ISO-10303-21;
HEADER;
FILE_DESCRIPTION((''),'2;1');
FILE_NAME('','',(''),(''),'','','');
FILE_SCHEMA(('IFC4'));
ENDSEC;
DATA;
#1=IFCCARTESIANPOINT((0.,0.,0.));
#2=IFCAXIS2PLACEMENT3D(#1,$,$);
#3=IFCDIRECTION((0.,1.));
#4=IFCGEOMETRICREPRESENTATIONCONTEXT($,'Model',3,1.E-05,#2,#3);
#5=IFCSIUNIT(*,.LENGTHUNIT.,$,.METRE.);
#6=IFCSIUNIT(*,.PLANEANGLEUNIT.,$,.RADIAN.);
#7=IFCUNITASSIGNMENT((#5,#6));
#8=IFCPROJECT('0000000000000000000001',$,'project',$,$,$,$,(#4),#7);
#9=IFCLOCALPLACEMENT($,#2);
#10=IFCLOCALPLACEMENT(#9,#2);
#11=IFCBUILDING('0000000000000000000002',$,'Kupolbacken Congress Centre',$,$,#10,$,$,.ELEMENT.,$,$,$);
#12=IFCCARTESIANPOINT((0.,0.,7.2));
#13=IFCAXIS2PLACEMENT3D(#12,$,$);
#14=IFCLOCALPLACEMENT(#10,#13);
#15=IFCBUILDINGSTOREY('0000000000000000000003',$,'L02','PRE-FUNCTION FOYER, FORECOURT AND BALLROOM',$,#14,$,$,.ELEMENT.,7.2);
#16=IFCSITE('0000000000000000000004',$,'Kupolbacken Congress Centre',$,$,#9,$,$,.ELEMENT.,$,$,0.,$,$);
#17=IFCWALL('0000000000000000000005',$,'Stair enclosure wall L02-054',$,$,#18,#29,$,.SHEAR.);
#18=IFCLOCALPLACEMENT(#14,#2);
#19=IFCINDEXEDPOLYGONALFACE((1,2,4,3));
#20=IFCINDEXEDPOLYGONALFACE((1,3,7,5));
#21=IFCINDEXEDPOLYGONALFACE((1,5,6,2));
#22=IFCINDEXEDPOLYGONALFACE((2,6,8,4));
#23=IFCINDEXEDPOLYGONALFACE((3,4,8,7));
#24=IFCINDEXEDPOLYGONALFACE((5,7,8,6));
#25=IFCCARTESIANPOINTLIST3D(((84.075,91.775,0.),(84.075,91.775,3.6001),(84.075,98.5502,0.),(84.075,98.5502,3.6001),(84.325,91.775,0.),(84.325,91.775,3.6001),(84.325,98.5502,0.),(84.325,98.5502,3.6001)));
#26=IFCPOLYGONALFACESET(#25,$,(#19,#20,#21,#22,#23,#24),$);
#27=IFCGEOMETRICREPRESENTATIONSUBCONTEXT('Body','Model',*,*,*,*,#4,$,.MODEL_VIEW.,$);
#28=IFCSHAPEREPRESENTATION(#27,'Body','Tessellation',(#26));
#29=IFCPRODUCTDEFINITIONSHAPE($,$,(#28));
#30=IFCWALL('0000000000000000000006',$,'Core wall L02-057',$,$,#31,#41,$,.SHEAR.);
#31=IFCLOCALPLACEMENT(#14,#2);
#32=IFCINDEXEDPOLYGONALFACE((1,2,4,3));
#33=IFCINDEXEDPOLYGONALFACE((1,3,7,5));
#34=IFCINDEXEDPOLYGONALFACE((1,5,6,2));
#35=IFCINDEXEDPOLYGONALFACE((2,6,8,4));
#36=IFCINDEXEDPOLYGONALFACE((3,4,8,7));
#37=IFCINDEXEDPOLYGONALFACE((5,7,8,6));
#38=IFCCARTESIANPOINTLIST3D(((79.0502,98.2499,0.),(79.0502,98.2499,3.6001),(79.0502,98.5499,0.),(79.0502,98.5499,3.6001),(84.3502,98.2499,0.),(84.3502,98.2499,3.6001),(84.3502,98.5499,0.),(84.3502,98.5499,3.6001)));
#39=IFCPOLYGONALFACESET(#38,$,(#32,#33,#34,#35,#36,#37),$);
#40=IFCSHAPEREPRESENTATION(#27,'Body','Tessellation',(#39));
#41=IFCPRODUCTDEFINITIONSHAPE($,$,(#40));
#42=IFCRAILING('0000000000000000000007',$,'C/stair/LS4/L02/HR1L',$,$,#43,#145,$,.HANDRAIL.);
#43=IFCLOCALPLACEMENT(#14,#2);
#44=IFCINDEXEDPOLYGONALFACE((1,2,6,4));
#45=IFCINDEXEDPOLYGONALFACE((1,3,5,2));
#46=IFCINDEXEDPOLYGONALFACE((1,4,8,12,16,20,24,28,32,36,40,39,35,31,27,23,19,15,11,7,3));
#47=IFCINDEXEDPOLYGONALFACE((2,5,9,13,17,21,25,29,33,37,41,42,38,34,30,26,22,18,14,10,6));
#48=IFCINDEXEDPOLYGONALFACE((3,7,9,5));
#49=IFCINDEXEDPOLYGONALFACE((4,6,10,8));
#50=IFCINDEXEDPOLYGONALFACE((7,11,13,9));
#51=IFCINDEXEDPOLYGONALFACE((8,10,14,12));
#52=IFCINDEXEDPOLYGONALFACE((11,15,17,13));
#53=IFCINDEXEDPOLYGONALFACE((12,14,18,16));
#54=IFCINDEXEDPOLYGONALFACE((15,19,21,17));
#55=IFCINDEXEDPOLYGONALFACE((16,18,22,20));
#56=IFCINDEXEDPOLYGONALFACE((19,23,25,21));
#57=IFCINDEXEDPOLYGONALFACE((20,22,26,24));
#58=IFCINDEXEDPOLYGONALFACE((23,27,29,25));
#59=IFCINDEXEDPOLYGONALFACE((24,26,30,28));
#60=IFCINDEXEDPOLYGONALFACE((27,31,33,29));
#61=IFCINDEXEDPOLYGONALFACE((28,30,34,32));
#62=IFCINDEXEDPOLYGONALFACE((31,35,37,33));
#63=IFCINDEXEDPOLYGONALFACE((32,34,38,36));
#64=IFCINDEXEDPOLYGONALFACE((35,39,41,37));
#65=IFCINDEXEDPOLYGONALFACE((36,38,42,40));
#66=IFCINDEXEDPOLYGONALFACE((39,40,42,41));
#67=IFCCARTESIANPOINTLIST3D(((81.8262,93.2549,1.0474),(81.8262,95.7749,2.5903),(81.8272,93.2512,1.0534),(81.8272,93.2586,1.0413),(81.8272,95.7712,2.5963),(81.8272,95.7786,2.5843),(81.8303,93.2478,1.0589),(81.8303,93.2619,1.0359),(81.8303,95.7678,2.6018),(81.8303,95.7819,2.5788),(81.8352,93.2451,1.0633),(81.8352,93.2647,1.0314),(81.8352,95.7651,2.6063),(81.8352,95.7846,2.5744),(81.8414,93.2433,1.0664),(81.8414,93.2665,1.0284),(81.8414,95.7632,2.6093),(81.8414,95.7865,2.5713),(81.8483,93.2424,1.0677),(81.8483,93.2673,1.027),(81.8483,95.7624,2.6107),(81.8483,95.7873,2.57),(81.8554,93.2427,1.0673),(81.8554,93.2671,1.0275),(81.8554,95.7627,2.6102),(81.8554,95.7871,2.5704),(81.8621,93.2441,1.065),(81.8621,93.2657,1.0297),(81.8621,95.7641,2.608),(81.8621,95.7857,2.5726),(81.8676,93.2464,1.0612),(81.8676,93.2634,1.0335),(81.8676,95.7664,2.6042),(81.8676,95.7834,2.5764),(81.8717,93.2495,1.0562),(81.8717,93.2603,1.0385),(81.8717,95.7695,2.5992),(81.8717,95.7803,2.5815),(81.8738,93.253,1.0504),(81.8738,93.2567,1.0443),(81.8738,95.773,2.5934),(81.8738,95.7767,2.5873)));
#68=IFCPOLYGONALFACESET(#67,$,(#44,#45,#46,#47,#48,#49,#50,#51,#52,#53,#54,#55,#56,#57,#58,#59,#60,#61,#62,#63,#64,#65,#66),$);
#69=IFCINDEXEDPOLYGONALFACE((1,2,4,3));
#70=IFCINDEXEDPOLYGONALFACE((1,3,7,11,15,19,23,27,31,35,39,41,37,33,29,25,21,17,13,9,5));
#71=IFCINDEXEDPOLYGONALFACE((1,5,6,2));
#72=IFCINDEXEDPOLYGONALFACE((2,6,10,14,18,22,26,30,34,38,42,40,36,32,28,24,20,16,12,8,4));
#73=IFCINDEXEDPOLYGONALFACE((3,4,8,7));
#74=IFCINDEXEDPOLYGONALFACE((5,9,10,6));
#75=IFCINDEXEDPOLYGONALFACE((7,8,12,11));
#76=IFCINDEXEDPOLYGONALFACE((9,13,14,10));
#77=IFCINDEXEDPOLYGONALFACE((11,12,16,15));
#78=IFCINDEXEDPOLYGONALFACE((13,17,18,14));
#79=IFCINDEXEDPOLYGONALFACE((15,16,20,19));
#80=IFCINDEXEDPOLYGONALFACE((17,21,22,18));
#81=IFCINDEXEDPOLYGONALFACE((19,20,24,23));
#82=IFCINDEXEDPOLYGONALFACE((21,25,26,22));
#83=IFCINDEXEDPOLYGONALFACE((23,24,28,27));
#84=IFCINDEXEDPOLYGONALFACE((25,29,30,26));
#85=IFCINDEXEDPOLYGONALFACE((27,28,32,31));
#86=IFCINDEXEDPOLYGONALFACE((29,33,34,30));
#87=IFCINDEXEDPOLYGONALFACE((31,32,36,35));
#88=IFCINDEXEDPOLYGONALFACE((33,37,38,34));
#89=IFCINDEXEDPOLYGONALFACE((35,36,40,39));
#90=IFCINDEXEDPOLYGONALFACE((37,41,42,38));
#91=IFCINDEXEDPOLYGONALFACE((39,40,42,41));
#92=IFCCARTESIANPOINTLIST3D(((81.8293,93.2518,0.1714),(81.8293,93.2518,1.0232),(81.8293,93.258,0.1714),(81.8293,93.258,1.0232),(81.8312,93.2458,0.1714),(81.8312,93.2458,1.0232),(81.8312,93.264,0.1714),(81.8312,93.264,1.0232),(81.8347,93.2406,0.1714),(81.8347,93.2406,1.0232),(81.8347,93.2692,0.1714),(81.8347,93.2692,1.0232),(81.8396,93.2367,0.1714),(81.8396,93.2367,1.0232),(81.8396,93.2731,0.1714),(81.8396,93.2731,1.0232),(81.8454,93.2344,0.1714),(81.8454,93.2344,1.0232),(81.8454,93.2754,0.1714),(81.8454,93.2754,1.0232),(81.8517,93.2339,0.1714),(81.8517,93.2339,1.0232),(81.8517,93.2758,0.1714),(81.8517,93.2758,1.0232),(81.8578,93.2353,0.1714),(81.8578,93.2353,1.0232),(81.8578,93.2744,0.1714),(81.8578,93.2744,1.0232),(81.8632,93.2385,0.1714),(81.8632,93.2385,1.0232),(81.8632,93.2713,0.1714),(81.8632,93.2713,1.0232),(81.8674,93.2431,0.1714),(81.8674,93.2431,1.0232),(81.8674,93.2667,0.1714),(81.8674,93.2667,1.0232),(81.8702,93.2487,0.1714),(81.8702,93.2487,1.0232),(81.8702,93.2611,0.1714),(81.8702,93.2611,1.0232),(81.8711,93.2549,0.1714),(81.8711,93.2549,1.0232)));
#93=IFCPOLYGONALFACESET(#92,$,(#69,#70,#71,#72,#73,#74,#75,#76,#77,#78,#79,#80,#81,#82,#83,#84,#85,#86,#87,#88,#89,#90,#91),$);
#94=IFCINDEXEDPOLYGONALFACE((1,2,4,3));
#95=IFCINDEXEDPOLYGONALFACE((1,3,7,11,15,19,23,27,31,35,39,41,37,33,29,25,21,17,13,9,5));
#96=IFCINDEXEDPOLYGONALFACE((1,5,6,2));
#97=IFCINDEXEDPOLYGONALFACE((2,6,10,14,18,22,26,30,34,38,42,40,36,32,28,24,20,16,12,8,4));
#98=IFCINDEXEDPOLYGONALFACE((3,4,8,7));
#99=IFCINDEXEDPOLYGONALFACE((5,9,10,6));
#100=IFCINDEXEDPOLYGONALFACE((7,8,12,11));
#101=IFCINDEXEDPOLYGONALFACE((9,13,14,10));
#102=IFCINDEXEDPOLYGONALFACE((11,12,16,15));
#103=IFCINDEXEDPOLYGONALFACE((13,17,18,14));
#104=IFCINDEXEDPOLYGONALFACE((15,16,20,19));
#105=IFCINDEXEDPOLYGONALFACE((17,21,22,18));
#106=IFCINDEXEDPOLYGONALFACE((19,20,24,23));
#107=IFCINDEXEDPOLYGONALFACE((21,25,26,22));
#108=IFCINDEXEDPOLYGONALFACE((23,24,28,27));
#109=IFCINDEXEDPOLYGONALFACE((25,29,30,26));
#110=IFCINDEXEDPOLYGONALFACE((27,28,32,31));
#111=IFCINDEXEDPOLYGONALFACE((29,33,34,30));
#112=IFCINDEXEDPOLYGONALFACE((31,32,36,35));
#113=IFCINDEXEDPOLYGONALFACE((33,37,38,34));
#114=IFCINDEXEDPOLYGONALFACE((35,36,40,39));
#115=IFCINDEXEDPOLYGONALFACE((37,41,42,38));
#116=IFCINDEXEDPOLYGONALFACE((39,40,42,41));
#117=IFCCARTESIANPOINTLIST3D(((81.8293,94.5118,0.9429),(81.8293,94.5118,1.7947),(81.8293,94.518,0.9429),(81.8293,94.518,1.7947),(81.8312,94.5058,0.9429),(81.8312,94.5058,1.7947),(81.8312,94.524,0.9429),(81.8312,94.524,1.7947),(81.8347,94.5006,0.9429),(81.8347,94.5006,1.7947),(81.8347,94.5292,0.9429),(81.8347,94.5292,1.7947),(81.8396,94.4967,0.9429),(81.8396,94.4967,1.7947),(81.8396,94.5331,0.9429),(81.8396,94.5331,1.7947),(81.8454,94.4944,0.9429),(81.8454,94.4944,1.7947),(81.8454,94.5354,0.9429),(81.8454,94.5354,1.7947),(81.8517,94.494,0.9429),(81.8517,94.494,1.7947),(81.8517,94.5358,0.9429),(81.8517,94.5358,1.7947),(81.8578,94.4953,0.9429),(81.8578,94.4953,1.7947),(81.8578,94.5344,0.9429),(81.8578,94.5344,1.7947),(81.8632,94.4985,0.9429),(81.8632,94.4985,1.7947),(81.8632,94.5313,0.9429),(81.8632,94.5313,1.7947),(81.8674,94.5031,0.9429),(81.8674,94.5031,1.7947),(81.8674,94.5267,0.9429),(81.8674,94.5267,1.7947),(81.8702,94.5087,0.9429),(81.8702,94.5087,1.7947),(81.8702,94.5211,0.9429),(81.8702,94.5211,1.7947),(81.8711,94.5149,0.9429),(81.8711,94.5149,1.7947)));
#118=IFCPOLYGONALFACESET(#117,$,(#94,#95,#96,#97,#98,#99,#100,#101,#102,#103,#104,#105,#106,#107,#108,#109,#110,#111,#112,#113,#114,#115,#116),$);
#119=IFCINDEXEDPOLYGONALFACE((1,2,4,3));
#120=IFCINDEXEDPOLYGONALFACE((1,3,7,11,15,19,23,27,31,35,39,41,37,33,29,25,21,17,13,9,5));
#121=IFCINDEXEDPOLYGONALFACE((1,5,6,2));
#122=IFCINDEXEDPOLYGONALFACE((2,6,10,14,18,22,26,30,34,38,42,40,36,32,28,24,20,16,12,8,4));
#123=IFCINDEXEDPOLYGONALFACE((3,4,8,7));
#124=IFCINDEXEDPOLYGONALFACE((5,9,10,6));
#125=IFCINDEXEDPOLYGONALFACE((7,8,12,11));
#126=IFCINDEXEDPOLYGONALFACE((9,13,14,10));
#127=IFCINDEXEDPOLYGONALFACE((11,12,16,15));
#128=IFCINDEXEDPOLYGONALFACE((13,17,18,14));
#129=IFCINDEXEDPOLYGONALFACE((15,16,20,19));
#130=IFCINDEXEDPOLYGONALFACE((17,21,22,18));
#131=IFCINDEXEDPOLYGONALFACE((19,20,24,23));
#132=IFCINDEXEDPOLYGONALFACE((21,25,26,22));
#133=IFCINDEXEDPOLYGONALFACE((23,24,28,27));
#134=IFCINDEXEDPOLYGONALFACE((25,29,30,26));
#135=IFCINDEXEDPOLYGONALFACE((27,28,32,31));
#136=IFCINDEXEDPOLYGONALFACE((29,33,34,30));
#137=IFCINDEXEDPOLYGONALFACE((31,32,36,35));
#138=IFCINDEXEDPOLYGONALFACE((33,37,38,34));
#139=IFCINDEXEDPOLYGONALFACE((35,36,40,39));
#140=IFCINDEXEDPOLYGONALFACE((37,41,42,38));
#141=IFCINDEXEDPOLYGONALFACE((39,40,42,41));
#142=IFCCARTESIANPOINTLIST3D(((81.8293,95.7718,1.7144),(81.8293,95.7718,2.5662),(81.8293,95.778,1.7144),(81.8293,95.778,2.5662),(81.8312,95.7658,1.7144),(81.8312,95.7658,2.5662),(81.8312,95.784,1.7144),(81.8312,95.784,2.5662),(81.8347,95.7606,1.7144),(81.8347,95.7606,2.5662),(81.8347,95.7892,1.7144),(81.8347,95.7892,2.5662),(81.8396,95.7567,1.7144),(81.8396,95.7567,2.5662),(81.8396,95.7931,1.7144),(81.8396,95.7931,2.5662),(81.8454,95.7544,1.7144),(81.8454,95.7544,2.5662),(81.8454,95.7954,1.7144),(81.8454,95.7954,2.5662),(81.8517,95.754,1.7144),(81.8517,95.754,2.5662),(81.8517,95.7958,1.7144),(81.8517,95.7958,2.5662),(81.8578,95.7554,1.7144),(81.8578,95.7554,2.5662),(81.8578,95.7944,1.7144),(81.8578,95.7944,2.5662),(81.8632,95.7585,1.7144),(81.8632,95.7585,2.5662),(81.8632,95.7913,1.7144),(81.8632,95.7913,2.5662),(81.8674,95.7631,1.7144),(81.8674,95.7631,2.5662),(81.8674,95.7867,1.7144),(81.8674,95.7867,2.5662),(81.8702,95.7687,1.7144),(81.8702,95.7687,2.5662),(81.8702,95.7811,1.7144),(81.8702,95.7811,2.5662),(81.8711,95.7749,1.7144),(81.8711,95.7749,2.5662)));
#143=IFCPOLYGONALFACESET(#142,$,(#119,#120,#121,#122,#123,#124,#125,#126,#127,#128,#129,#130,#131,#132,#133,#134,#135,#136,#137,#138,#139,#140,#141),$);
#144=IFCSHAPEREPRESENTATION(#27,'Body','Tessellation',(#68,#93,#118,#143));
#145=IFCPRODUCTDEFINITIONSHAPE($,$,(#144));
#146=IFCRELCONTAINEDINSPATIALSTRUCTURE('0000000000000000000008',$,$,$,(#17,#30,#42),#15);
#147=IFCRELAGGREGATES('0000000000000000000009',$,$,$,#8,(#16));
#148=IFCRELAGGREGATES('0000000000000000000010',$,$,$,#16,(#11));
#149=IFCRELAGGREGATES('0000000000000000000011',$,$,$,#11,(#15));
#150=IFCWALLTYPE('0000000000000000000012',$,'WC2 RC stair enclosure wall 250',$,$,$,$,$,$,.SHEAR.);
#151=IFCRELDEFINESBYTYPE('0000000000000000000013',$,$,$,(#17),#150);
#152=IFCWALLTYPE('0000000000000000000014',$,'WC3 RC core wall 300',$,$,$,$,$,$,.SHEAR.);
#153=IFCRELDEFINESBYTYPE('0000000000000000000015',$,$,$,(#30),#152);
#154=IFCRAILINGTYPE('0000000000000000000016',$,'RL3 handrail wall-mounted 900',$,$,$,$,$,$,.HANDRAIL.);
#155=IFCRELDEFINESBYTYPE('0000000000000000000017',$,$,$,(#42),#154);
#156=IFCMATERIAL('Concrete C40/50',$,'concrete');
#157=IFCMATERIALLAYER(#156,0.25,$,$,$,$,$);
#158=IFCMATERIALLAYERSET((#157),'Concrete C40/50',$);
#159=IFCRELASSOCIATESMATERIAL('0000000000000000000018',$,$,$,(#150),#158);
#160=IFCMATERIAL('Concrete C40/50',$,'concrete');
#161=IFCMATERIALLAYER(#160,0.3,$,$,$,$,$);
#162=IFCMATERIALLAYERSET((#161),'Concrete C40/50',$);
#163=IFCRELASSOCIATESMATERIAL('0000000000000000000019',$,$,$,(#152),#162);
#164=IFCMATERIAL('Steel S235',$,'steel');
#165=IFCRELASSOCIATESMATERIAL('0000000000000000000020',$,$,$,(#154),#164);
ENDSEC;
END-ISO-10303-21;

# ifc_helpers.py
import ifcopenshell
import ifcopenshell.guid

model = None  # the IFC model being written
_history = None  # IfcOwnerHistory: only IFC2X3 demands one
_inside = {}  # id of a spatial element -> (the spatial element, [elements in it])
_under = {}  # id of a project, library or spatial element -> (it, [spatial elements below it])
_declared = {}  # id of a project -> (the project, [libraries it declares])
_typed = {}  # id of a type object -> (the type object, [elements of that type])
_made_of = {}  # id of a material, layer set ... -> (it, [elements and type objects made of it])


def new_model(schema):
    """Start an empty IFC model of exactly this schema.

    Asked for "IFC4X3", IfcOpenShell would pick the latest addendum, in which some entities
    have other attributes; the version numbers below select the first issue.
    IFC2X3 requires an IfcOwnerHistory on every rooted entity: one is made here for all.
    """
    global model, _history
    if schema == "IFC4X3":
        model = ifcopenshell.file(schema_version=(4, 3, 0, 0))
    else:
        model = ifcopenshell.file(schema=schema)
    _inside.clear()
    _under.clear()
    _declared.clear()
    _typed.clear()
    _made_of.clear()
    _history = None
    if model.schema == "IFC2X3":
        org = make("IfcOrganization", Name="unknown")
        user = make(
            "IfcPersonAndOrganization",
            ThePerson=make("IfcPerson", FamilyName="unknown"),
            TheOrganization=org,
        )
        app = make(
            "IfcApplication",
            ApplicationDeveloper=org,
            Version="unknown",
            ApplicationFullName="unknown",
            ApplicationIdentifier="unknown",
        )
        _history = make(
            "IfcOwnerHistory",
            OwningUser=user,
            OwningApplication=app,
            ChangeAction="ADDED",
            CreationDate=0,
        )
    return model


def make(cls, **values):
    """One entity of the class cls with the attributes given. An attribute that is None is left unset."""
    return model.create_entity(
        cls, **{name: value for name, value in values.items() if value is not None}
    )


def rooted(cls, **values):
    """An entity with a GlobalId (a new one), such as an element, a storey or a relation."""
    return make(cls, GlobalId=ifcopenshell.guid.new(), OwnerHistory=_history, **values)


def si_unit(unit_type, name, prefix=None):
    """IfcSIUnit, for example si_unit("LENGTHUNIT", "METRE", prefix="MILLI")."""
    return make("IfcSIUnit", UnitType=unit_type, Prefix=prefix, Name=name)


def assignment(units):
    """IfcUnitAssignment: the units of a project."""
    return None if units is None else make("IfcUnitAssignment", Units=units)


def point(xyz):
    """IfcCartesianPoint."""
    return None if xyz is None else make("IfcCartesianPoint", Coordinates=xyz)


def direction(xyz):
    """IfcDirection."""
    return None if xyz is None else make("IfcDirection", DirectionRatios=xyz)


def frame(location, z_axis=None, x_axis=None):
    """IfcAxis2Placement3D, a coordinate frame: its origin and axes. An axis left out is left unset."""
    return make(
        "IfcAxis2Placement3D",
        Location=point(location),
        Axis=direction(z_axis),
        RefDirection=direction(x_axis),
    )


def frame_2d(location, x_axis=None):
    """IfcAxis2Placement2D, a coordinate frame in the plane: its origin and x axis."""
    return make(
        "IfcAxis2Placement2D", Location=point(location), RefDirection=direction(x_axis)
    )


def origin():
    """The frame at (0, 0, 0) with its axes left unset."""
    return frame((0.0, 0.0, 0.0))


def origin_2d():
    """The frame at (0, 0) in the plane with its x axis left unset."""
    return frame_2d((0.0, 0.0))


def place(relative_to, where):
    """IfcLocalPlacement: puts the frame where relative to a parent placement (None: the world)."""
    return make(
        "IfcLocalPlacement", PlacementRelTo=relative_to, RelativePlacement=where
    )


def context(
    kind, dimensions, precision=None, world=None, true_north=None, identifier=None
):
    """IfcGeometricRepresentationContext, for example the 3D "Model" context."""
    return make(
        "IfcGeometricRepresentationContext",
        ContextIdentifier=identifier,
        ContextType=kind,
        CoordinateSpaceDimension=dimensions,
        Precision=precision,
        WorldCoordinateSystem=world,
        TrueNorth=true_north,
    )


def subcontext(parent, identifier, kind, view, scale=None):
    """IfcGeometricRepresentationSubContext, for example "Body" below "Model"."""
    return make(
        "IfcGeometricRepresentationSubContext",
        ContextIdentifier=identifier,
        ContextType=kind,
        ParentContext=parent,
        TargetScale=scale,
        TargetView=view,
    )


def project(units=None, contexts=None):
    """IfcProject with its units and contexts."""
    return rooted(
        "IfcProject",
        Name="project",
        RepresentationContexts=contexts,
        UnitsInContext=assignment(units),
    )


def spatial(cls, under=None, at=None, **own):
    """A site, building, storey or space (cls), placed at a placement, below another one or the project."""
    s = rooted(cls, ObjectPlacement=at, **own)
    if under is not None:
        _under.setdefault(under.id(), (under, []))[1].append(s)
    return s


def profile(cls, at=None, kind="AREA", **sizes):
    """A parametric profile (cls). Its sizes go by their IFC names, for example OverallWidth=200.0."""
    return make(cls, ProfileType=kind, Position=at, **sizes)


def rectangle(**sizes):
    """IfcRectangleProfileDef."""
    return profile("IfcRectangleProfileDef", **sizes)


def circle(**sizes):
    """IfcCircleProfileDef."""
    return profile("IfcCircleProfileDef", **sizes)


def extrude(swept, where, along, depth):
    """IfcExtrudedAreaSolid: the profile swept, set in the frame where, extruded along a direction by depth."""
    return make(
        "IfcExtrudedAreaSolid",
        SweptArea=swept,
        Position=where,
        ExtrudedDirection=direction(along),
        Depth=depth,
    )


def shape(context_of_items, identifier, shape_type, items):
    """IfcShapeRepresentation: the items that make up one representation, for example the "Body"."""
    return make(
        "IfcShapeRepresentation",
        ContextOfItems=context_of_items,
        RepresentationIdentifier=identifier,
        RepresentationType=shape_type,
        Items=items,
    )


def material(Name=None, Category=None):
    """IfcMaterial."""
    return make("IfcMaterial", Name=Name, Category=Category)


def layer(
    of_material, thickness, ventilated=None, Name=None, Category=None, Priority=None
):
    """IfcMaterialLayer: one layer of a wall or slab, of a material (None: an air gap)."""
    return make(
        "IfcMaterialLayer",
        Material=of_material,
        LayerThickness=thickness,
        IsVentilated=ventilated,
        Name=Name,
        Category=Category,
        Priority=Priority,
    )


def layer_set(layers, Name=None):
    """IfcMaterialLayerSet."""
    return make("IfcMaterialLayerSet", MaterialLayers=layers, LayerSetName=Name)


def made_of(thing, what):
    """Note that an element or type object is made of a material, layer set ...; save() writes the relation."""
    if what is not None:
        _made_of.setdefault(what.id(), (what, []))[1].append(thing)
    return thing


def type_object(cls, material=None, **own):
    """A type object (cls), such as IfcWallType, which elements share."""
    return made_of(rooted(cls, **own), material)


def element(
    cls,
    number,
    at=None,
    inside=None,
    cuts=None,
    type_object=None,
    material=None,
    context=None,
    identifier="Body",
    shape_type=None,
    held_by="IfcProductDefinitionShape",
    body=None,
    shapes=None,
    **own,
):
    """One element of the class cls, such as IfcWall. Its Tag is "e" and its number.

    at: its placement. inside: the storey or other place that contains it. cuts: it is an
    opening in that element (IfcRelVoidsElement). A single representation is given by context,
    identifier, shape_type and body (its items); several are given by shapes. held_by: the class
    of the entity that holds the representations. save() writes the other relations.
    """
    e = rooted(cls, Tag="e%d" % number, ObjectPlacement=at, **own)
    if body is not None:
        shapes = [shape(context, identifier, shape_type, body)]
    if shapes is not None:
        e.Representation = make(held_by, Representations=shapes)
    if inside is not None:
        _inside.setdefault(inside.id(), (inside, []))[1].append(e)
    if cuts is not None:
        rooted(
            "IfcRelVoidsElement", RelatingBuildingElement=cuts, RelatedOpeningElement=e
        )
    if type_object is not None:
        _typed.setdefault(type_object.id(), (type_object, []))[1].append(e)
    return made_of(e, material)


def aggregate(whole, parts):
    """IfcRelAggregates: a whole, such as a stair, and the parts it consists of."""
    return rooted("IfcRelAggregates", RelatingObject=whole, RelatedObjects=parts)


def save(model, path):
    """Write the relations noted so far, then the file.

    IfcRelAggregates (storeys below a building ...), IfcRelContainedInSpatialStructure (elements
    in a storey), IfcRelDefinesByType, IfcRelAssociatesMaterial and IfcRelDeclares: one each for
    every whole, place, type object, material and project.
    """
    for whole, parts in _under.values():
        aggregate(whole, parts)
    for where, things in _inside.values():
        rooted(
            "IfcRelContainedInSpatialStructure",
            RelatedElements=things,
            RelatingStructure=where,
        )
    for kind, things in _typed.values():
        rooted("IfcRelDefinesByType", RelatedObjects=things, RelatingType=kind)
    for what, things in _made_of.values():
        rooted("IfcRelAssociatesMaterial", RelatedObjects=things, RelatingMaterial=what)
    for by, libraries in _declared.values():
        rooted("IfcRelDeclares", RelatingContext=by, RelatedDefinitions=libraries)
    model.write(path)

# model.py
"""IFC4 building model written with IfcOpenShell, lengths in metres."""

from ifc_helpers import new_model, si_unit, direction, frame, frame_2d, origin, origin_2d, place, context, subcontext, project, spatial, rectangle, circle, extrude, material, layer, layer_set, type_object, element, save


model = new_model("IFC4")

# Units and contexts
model_context = context("Model", 3, precision=1e-05, world=origin(), true_north=direction((0.0, 1.0)))
body_context = subcontext(model_context, "Body", "Model", "MODEL_VIEW")
ifc_project = project(units=[si_unit("LENGTHUNIT", "METRE"), si_unit("PLANEANGLEUNIT", "RADIAN")], contexts=[model_context])

# Site, building, storey
site_placement = place(None, origin())
site = spatial("IfcSite", under=ifc_project, at=site_placement, Name="Kupolbacken Congress Centre", CompositionType="ELEMENT", RefElevation=0.0)
building_placement = place(site_placement, origin())
building = spatial("IfcBuilding", under=site, at=building_placement, Name="Kupolbacken Congress Centre", CompositionType="ELEMENT")
storey_placement = place(building_placement, frame((0.0, 0.0, 7.2)))
storey = spatial("IfcBuildingStorey", under=building, at=storey_placement, Name="L02", Description="PRE-FUNCTION FOYER, FORECOURT AND BALLROOM", CompositionType="ELEMENT", Elevation=7.2)

# Wall
ifc_material_1 = material(Name="Concrete C40/50", Category="concrete")
ifc_layer_1 = layer(ifc_material_1, 0.25)
ifc_layer_set_1 = layer_set([ifc_layer_1], Name="Concrete C40/50")
wall_type_1 = type_object("IfcWallType", Name="WC2 RC stair enclosure wall 250", PredefinedType="SHEAR", material=ifc_layer_set_1)
wall_1_placement = place(storey_placement, frame((84.2, 91.7749, 0.0), z_axis=(0.0, 0.0, 1.0), x_axis=(0.0, 1.0, 0.0)))
element("IfcWall", 1, at=wall_1_placement, inside=storey, type_object=wall_type_1, Name="Stair enclosure wall L02-054", PredefinedType="SHEAR", context=body_context, shape_type="SweptSolid", body=[
    extrude(rectangle(XDim=6.7751, YDim=0.25, at=frame_2d((3.3877, 0.0))), origin(), (0.0, 0.0, 1.0), 3.6001),
])

# Wall
ifc_material_2 = material(Name="Concrete C40/50", Category="concrete")
ifc_layer_2 = layer(ifc_material_2, 0.3)
ifc_layer_set_2 = layer_set([ifc_layer_2], Name="Concrete C40/50")
wall_type_2 = type_object("IfcWallType", Name="WC3 RC core wall 300", PredefinedType="SHEAR", material=ifc_layer_set_2)
wall_2_placement = place(storey_placement, frame((84.3501, 98.3999, 0.0), z_axis=(0.0, 0.0, 1.0), x_axis=(-1.0, 0.0, 0.0)))
element("IfcWall", 2, at=wall_2_placement, inside=storey, type_object=wall_type_2, Name="Core wall L02-057", PredefinedType="SHEAR", context=body_context, shape_type="SweptSolid", body=[
    extrude(rectangle(XDim=5.3, YDim=0.3, at=frame_2d((2.6499, 0.0))), origin(), (0.0, 0.0, 1.0), 3.6001),
])

# Railing
ifc_material_3 = material(Name="Steel S235", Category="steel")
railing_type = type_object("IfcRailingType", Name="RL3 handrail wall-mounted 900", PredefinedType="HANDRAIL", material=ifc_material_3)
for number, where, name in (
    (3, (81.8501, 93.2549, 0.1714), "C/stair/LS4/L02/HR1L"),
):
    element("IfcRailing", number, at=place(storey_placement, frame(where)), inside=storey, type_object=railing_type, Name=name, PredefinedType="HANDRAIL", context=body_context, shape_type="SweptSolid", body=[
        extrude(circle(Radius=0.0239, at=origin_2d()), frame((0.0, 0.0, 0.876), z_axis=(0.0, 0.852836, 0.522178), x_axis=(-1.0, 0.0, 0.0)), (0.0, 0.0, 1.0), 2.9548),
        extrude(circle(Radius=0.021, at=origin_2d()), origin(), (0.0, 0.0, 1.0), 0.8518),
        extrude(circle(Radius=0.021, at=origin_2d()), frame((0.0, 1.26, 0.7715)), (0.0, 0.0, 1.0), 0.8518),
        extrude(circle(Radius=0.021, at=origin_2d()), frame((0.0, 2.52, 1.543)), (0.0, 0.0, 1.0), 0.8518),
    ])

save(model, "model.ifc")
